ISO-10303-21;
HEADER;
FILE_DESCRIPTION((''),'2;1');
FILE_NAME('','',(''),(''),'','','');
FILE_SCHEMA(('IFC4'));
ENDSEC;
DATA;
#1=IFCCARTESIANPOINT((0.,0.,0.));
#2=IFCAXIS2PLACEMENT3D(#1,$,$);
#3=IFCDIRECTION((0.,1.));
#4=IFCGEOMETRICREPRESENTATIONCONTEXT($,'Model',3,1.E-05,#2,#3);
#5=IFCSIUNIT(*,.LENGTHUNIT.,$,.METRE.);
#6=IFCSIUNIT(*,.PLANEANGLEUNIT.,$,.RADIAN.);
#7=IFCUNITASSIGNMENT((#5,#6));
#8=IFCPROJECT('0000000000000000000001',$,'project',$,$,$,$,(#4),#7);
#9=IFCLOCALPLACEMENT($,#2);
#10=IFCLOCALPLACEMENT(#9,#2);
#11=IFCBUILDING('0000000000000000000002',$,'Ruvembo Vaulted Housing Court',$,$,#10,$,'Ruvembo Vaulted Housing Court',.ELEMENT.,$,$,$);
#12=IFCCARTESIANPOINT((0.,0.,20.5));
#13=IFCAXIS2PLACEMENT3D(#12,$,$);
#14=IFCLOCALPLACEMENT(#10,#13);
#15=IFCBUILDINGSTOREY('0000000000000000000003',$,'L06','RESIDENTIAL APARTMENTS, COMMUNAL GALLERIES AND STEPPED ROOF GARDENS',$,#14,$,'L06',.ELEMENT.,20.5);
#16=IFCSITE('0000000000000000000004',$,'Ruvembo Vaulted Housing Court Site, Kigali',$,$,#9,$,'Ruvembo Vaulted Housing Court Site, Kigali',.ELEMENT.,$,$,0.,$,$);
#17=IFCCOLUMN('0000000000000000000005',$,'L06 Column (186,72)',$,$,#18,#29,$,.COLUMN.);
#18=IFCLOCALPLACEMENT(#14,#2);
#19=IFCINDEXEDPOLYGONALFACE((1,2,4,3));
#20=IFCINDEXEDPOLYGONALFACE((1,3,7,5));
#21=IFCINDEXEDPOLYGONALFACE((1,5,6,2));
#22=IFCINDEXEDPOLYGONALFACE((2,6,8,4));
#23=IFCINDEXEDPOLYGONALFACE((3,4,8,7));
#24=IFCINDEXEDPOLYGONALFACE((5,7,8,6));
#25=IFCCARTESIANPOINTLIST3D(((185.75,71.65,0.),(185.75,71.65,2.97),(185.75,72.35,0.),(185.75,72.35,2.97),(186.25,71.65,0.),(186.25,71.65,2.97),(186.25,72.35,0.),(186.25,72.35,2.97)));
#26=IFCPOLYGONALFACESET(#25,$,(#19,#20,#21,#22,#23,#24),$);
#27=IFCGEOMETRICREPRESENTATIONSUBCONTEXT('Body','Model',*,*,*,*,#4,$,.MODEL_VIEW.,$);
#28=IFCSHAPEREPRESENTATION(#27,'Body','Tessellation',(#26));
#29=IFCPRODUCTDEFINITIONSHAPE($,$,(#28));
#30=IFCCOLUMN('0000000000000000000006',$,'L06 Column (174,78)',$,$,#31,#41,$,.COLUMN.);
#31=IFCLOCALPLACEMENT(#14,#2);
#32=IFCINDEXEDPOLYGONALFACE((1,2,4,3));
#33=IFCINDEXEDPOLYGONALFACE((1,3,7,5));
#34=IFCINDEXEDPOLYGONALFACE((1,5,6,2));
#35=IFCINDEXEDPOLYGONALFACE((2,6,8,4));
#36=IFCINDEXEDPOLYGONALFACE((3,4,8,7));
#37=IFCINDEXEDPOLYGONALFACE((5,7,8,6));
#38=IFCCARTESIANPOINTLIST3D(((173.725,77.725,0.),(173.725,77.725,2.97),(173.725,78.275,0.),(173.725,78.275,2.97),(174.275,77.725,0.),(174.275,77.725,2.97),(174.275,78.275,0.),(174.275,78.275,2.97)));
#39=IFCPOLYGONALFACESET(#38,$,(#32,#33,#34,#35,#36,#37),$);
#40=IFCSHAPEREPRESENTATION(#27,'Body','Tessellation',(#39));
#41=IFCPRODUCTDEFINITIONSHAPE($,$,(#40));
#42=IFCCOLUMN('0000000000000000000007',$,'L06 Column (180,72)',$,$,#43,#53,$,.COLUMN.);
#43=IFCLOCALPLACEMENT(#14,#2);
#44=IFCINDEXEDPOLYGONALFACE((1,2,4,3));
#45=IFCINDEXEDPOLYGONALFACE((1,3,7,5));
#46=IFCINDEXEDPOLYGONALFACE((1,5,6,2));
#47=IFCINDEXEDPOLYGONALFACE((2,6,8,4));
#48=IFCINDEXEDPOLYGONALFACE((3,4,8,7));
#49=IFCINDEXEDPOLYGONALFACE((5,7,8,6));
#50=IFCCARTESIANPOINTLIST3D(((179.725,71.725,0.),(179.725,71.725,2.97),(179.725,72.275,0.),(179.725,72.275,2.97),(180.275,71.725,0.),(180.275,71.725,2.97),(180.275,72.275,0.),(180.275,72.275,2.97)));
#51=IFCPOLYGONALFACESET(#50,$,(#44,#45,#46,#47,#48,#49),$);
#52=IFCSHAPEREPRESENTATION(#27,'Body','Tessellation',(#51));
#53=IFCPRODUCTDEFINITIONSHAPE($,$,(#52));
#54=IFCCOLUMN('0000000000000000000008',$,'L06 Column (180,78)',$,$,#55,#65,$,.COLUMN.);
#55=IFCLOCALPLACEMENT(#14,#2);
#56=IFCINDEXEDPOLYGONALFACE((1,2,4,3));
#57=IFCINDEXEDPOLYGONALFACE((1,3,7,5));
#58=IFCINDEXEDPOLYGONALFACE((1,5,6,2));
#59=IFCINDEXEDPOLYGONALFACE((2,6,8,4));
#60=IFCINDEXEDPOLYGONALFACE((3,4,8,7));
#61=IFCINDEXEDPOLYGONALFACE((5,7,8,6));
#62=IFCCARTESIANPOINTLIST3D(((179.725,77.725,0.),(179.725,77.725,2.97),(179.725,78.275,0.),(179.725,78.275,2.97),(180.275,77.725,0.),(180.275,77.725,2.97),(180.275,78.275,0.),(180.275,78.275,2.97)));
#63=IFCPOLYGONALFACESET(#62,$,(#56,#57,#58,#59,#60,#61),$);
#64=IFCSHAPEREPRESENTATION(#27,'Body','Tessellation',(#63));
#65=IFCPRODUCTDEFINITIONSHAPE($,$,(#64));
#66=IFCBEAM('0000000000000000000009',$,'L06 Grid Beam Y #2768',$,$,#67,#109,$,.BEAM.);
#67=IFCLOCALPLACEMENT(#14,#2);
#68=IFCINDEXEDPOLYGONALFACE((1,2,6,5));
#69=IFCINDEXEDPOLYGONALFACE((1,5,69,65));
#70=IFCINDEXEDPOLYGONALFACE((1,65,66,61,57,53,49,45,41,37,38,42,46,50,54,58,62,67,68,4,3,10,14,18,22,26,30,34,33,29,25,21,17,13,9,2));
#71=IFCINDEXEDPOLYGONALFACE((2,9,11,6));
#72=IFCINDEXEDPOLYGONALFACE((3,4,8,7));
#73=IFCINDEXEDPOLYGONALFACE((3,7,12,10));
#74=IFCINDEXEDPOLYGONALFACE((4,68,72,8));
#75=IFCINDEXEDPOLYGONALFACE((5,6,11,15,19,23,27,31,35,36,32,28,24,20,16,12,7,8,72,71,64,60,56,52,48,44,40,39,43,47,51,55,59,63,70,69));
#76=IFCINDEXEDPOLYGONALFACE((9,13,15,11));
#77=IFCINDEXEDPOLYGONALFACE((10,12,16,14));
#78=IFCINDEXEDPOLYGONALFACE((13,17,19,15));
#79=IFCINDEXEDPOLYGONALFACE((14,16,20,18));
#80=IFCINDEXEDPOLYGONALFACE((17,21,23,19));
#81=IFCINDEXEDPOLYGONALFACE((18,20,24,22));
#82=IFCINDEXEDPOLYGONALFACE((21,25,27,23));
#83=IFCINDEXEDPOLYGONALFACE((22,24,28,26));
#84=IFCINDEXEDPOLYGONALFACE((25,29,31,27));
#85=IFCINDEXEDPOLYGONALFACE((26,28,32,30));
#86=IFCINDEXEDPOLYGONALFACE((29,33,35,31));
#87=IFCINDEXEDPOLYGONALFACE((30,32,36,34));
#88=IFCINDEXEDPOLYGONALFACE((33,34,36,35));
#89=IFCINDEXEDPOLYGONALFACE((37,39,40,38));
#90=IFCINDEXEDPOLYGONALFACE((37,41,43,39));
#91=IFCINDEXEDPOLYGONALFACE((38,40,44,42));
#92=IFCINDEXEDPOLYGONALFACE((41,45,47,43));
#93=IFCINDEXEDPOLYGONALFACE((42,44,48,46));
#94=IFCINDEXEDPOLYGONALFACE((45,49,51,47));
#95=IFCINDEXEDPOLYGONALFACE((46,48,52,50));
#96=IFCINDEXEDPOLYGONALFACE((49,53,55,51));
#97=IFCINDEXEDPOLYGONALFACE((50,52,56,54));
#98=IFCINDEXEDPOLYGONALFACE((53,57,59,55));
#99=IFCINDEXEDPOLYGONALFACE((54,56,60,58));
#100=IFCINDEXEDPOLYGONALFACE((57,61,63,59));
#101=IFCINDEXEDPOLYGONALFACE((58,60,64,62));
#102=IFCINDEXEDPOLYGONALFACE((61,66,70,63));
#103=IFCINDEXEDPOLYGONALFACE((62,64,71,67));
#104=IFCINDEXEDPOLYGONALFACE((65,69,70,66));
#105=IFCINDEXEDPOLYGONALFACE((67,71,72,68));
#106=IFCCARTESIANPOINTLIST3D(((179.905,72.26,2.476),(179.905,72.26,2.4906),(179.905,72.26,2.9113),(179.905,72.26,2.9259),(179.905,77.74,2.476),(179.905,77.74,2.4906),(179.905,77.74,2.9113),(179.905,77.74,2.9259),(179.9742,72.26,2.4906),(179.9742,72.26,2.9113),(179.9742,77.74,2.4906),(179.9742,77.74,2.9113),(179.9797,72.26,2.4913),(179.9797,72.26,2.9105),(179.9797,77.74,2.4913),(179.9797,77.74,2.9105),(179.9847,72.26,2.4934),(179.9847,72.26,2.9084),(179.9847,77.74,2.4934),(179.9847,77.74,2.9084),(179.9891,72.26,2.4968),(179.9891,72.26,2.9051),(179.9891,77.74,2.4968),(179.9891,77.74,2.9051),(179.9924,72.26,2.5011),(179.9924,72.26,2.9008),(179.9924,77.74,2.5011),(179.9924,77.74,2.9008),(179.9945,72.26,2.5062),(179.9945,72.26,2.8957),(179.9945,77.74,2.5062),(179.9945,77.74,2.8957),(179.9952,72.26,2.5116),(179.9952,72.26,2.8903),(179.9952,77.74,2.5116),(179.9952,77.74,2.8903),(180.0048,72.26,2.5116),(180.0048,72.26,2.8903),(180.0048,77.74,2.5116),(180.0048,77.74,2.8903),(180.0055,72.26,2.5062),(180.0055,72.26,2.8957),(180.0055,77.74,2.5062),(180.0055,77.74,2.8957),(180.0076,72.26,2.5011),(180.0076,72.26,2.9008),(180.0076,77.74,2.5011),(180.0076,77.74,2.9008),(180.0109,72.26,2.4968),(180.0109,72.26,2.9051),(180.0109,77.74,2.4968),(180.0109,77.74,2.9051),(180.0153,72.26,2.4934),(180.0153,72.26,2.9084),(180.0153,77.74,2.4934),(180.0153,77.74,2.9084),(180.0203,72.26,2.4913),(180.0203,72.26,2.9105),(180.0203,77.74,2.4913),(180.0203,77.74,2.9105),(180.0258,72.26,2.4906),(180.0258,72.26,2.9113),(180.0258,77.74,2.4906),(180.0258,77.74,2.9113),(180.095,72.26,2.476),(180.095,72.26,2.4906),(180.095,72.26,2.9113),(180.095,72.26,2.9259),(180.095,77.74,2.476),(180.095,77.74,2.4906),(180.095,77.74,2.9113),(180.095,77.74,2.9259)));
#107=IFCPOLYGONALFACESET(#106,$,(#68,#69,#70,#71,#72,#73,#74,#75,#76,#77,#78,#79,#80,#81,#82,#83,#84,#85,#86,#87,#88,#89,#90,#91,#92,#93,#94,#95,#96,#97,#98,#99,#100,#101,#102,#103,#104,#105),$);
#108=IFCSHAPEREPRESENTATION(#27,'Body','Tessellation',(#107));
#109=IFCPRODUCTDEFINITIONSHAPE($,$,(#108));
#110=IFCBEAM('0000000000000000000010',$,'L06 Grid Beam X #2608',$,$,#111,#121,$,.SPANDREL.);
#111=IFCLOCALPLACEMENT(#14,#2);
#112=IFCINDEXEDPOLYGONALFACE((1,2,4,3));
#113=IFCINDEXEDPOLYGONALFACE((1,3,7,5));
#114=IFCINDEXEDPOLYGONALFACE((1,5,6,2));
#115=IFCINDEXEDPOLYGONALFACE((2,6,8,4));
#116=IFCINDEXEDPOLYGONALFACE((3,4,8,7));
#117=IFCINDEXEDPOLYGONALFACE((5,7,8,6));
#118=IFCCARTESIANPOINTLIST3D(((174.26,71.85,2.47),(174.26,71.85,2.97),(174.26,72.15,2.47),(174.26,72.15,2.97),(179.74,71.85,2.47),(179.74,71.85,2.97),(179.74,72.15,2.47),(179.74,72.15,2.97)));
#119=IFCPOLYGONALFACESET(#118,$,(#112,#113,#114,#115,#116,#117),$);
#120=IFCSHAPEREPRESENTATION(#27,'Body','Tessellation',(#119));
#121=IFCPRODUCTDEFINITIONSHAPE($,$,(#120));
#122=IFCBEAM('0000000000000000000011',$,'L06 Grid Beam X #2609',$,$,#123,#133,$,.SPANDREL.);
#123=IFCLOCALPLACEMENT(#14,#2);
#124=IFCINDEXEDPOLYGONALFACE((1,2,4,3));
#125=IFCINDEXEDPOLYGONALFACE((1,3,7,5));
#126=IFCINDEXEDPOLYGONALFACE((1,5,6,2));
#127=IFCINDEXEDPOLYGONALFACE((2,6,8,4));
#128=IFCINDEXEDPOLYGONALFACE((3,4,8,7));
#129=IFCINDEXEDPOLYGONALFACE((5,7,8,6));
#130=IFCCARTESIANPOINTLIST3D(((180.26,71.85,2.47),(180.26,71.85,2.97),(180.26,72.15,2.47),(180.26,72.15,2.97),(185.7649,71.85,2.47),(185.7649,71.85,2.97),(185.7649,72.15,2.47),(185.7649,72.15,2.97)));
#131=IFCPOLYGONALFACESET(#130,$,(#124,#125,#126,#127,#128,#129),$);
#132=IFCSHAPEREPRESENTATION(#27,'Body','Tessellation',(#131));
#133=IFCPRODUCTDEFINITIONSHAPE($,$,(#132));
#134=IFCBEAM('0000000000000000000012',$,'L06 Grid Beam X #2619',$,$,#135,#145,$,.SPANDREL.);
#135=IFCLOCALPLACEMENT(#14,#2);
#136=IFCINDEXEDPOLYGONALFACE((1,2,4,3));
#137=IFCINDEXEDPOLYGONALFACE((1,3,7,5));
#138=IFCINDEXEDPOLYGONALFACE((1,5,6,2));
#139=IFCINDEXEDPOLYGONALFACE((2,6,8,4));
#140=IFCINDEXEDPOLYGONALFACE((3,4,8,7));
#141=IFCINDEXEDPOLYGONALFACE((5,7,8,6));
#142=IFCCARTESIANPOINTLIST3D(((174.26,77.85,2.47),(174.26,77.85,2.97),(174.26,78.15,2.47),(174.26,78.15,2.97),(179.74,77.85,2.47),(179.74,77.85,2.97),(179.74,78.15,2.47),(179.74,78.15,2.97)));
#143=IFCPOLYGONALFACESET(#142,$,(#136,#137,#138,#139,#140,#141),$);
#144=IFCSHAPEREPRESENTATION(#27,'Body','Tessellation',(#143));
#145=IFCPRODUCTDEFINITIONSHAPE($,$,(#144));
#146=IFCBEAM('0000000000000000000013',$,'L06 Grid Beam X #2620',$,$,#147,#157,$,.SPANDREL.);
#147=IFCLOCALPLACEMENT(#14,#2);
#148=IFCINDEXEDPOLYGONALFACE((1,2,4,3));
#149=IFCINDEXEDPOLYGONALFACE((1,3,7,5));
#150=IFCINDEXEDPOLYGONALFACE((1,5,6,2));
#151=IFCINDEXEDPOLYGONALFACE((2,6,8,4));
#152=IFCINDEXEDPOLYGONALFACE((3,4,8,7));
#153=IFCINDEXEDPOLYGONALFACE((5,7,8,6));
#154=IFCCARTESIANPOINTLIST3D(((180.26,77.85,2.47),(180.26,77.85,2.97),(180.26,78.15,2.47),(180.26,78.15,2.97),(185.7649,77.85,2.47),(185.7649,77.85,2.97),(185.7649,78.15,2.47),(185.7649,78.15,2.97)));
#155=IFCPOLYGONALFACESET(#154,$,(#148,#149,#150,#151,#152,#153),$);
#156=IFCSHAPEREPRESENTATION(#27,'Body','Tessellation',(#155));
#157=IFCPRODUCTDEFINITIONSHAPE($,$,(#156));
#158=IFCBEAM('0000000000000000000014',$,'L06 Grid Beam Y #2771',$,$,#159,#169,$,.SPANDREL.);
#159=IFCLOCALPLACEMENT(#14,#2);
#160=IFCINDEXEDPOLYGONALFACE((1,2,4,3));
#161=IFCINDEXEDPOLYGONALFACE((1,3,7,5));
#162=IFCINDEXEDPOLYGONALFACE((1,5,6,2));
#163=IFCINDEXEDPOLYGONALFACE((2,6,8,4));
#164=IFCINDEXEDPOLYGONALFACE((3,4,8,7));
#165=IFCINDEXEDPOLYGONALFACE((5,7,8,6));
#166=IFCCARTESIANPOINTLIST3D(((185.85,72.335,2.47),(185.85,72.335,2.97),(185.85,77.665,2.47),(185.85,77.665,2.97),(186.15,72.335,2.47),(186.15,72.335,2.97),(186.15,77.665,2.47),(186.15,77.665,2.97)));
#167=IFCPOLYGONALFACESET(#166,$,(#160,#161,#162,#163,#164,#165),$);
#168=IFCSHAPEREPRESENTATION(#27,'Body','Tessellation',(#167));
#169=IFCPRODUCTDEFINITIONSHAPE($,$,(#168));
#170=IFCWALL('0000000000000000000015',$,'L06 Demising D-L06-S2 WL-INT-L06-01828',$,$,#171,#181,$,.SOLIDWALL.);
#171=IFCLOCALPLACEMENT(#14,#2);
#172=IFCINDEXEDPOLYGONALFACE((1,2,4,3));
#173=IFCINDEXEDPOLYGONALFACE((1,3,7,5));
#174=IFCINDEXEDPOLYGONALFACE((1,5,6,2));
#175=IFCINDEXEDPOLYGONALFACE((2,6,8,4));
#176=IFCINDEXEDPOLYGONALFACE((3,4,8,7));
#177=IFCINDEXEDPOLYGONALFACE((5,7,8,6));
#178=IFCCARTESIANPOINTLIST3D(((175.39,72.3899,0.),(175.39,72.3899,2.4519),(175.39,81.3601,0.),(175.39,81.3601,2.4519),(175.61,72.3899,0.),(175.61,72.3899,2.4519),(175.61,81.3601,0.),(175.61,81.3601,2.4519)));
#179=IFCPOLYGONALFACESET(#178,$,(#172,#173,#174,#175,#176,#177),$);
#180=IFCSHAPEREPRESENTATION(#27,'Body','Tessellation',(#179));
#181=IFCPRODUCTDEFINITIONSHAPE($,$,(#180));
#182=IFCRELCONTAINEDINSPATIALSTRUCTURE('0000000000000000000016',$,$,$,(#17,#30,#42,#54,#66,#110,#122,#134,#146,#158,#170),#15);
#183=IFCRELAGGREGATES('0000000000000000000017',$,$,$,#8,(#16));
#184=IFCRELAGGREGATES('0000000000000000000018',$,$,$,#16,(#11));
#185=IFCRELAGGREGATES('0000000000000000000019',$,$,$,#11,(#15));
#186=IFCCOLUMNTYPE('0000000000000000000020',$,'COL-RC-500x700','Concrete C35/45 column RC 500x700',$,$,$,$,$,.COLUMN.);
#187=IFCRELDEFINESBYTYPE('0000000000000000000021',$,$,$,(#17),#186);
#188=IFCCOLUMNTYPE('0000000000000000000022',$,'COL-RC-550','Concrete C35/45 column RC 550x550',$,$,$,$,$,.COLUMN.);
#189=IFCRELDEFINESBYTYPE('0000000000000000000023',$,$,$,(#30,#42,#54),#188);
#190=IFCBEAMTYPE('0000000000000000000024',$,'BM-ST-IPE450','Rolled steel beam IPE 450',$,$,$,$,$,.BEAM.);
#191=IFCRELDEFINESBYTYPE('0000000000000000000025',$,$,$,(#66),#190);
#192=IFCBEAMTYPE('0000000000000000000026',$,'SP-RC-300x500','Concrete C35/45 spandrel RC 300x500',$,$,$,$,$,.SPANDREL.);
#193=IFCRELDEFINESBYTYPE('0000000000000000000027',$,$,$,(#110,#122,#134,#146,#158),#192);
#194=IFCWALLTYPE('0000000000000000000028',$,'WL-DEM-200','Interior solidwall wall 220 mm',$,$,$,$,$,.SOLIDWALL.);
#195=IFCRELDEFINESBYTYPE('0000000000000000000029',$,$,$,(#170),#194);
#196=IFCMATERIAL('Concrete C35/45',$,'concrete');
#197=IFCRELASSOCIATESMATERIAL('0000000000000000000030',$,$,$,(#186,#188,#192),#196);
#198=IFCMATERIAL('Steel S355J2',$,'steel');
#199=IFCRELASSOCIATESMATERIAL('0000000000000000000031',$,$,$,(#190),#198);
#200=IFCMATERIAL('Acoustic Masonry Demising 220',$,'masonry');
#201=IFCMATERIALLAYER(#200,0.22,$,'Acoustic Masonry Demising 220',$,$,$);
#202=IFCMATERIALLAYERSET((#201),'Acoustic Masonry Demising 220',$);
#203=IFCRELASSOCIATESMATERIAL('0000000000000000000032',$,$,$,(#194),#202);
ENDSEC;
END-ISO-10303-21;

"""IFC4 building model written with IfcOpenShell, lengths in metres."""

from ifc_helpers import new_model, si_unit, direction, frame, frame_2d, origin, origin_2d, place, context, subcontext, project, spatial, rectangle, i_section, extrude, material, layer, layer_set, material_profile, profile_set, type_object, element, save


model = new_model("IFC4")

# Units and contexts
model_context = context("Model", 3, precision=1e-05, world=origin(), true_north=direction((0.0, 1.0)))
body_context = subcontext(model_context, "Body", "Model", "MODEL_VIEW")
ifc_project = project(units=[si_unit("LENGTHUNIT", "METRE"), si_unit("PLANEANGLEUNIT", "RADIAN")], contexts=[model_context])

# Site, building, storey
site_placement = place(None, origin())
site = spatial("IfcSite", under=ifc_project, at=site_placement, Name="Ruvembo Vaulted Housing Court Site, Kigali", LongName="Ruvembo Vaulted Housing Court Site, Kigali", CompositionType="ELEMENT", RefElevation=0.0)
building_placement = place(site_placement, origin())
building = spatial("IfcBuilding", under=site, at=building_placement, Name="Ruvembo Vaulted Housing Court", LongName="Ruvembo Vaulted Housing Court", CompositionType="ELEMENT")
storey_placement = place(building_placement, frame((0.0, 0.0, 20.5)))
storey = spatial("IfcBuildingStorey", under=building, at=storey_placement, Name="L06", Description="RESIDENTIAL APARTMENTS, COMMUNAL GALLERIES AND STEPPED ROOF GARDENS", LongName="L06", CompositionType="ELEMENT", Elevation=20.5)

# Columns
ifc_material_1 = material(Name="Concrete C35/45", Category="concrete")
ifc_material_profile_1 = material_profile(ifc_material_1, rectangle(XDim=0.5, YDim=0.7, at=origin_2d()), Name="RC 500x700")
ifc_profile_set_1 = profile_set([ifc_material_profile_1], Name="Concrete C35/45")
column_type_1 = type_object("IfcColumnType", Name="COL-RC-500x700", Description="Concrete C35/45 column RC 500x700", PredefinedType="COLUMN", material=ifc_profile_set_1)
column_placement = place(storey_placement, frame((186.0, 72.0, 0.0), z_axis=(0.0, 0.0, 1.0), x_axis=(1.0, 0.0, 0.0)))
element("IfcColumn", 1, at=column_placement, inside=storey, type_object=column_type_1, Name="L06 Column (186,72)", PredefinedType="COLUMN", context=body_context, shape_type="SweptSolid", body=[
    extrude(rectangle(XDim=0.5, YDim=0.7, at=origin_2d()), origin(), (0.0, 0.0, 1.0), 2.97),
])
ifc_material_profile_2 = material_profile(ifc_material_1, rectangle(XDim=0.55, YDim=0.55, at=origin_2d()), Name="RC 550x550")
ifc_profile_set_2 = profile_set([ifc_material_profile_2], Name="Concrete C35/45")
column_type_2 = type_object("IfcColumnType", Name="COL-RC-550", Description="Concrete C35/45 column RC 550x550", PredefinedType="COLUMN", material=ifc_profile_set_2)
for number, where, z_axis, x_axis, name in (
    (2, (174.0, 78.0, 0.0), (0.0, 0.0, 1.0), (1.0, 0.0, 0.0), "L06 Column (174,78)"),
    (3, (180.0, 72.0, 0.0), (0.0, 0.0, 1.0), (1.0, 0.0, 0.0), "L06 Column (180,72)"),
    (4, (180.0, 78.0, 0.0), (0.0, 0.0, 1.0), (1.0, 0.0, 0.0), "L06 Column (180,78)"),
):
    element("IfcColumn", number, at=place(storey_placement, frame(where, z_axis=z_axis, x_axis=x_axis)), inside=storey, type_object=column_type_2, Name=name, PredefinedType="COLUMN", context=body_context, shape_type="SweptSolid", body=[
        extrude(rectangle(XDim=0.55, YDim=0.55, at=origin_2d()), origin(), (0.0, 0.0, 1.0), 2.97),
    ])

# Beams
ifc_material_2 = material(Name="Steel S355J2", Category="steel")
ifc_material_profile_3 = material_profile(ifc_material_2, i_section(OverallWidth=0.1899, OverallDepth=0.45, WebThickness=0.0095, FlangeThickness=0.0146, FilletRadius=0.021, at=origin_2d()), Name="IPE 450")
ifc_profile_set_3 = profile_set([ifc_material_profile_3], Name="Steel S355J2")
beam_type_1 = type_object("IfcBeamType", Name="BM-ST-IPE450", Description="Rolled steel beam IPE 450", PredefinedType="BEAM", material=ifc_profile_set_3)
beam_1_placement = place(storey_placement, frame((180.0, 72.26, 2.7009), z_axis=(0.0, 1.0, 0.0), x_axis=(-1.0, 0.0, 0.0)))
element("IfcBeam", 5, at=beam_1_placement, inside=storey, type_object=beam_type_1, Name="L06 Grid Beam Y #2768", PredefinedType="BEAM", context=body_context, shape_type="SweptSolid", body=[
    extrude(i_section(OverallWidth=0.1899, OverallDepth=0.45, WebThickness=0.0095, FlangeThickness=0.0146, FilletRadius=0.021, at=origin_2d()), origin(), (0.0, 0.0, 1.0), 5.48),
])
ifc_material_profile_4 = material_profile(ifc_material_1, rectangle(XDim=0.3, YDim=0.5, at=origin_2d()), Name="RC 300x500")
ifc_profile_set_4 = profile_set([ifc_material_profile_4], Name="Concrete C35/45")
beam_type_2 = type_object("IfcBeamType", Name="SP-RC-300x500", Description="Concrete C35/45 spandrel RC 300x500", PredefinedType="SPANDREL", material=ifc_profile_set_4)
beam_2_placement = place(storey_placement, frame((174.26, 72.0, 2.72), z_axis=(1.0, 0.0, 0.0), x_axis=(0.0, 1.0, 0.0)))
element("IfcBeam", 6, at=beam_2_placement, inside=storey, type_object=beam_type_2, Name="L06 Grid Beam X #2608", PredefinedType="SPANDREL", context=body_context, shape_type="SweptSolid", body=[
    extrude(rectangle(XDim=0.3, YDim=0.5, at=origin_2d()), origin(), (0.0, 0.0, 1.0), 5.48),
])
beam_3_placement = place(storey_placement, frame((180.26, 72.0, 2.72), z_axis=(1.0, 0.0, 0.0), x_axis=(0.0, 1.0, 0.0)))
element("IfcBeam", 7, at=beam_3_placement, inside=storey, type_object=beam_type_2, Name="L06 Grid Beam X #2609", PredefinedType="SPANDREL", context=body_context, shape_type="SweptSolid", body=[
    extrude(rectangle(XDim=0.3, YDim=0.5, at=origin_2d()), origin(), (0.0, 0.0, 1.0), 5.5049),
])
beam_4_placement = place(storey_placement, frame((174.26, 78.0, 2.72), z_axis=(1.0, 0.0, 0.0), x_axis=(0.0, 1.0, 0.0)))
element("IfcBeam", 8, at=beam_4_placement, inside=storey, type_object=beam_type_2, Name="L06 Grid Beam X #2619", PredefinedType="SPANDREL", context=body_context, shape_type="SweptSolid", body=[
    extrude(rectangle(XDim=0.3, YDim=0.5, at=origin_2d()), origin(), (0.0, 0.0, 1.0), 5.48),
])
beam_5_placement = place(storey_placement, frame((180.26, 78.0, 2.72), z_axis=(1.0, 0.0, 0.0), x_axis=(0.0, 1.0, 0.0)))
element("IfcBeam", 9, at=beam_5_placement, inside=storey, type_object=beam_type_2, Name="L06 Grid Beam X #2620", PredefinedType="SPANDREL", context=body_context, shape_type="SweptSolid", body=[
    extrude(rectangle(XDim=0.3, YDim=0.5, at=origin_2d()), origin(), (0.0, 0.0, 1.0), 5.5049),
])
beam_6_placement = place(storey_placement, frame((186.0, 72.335, 2.72), z_axis=(0.0, 1.0, 0.0), x_axis=(-1.0, 0.0, 0.0)))
element("IfcBeam", 10, at=beam_6_placement, inside=storey, type_object=beam_type_2, Name="L06 Grid Beam Y #2771", PredefinedType="SPANDREL", context=body_context, shape_type="SweptSolid", body=[
    extrude(rectangle(XDim=0.3, YDim=0.5, at=origin_2d()), origin(), (0.0, 0.0, 1.0), 5.3301),
])

# Wall
ifc_material_3 = material(Name="Acoustic Masonry Demising 220", Category="masonry")
ifc_layer_1 = layer(ifc_material_3, 0.22, Name="Acoustic Masonry Demising 220")
ifc_layer_set_1 = layer_set([ifc_layer_1], Name="Acoustic Masonry Demising 220")
wall_type_1 = type_object("IfcWallType", Name="WL-DEM-200", Description="Interior solidwall wall 220 mm", PredefinedType="SOLIDWALL", material=ifc_layer_set_1)
wall_1_placement = place(storey_placement, frame((175.5, 72.3899, 0.0), z_axis=(0.0, 0.0, 1.0), x_axis=(0.0, 1.0, 0.0)))
element("IfcWall", 11, at=wall_1_placement, inside=storey, type_object=wall_type_1, Name="L06 Demising D-L06-S2 WL-INT-L06-01828", PredefinedType="SOLIDWALL", context=body_context, shape_type="SweptSolid", body=[
    extrude(rectangle(XDim=8.9702, YDim=0.22, at=frame_2d((4.4851, 0.0))), origin(), (0.0, 0.0, 1.0), 2.4519),
])

save(model, "model.ifc")
